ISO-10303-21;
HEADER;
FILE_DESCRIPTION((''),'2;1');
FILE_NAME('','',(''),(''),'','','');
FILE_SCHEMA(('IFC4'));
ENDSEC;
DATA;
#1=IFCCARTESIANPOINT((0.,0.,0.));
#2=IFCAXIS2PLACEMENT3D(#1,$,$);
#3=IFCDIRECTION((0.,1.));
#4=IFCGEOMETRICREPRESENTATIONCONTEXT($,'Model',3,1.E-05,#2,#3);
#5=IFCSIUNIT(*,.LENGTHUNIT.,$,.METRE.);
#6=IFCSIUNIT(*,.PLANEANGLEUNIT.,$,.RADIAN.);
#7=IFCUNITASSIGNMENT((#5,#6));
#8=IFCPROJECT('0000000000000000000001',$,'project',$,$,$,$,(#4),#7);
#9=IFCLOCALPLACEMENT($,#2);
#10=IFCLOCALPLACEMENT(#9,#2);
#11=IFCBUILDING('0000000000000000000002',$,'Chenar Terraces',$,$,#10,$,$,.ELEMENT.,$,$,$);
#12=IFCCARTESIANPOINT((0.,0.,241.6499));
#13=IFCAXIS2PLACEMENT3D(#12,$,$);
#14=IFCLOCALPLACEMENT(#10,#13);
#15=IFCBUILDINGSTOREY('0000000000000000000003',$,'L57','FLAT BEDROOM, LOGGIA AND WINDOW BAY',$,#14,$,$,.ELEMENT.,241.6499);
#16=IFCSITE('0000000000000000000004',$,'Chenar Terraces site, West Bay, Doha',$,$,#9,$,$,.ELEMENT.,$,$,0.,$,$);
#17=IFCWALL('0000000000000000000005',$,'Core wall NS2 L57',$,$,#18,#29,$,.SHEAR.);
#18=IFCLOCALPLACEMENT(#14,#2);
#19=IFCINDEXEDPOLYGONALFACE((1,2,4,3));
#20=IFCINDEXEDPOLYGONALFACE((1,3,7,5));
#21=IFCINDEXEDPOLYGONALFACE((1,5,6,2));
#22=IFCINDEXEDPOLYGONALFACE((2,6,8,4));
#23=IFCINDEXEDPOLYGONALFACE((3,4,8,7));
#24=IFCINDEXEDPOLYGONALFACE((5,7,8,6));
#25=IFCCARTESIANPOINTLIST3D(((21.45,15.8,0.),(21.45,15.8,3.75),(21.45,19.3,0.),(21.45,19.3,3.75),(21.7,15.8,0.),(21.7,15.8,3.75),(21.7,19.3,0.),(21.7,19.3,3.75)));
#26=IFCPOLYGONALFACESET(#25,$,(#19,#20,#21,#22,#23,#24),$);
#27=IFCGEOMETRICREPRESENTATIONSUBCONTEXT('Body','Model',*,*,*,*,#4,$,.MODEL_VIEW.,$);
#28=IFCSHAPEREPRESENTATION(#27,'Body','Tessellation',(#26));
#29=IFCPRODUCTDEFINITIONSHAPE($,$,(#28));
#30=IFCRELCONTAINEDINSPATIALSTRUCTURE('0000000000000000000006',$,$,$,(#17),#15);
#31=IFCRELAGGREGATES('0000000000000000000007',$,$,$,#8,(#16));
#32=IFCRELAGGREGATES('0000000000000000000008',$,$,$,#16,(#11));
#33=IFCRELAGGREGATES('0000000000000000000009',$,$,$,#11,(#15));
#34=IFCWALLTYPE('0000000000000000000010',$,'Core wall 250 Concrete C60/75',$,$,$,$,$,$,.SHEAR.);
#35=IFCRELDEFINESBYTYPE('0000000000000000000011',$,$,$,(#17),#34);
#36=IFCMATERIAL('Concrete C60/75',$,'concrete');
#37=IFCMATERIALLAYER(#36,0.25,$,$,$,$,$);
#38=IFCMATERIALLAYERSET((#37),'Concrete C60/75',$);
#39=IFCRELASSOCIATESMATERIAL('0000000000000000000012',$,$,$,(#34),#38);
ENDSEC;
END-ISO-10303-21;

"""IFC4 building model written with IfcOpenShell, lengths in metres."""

from ifc_helpers import new_model, si_unit, direction, frame, frame_2d, origin, place, context, subcontext, project, spatial, rectangle, extrude, material, layer, layer_set, type_object, element, save


model = new_model("IFC4")

# Units and contexts
model_context = context("Model", 3, precision=1e-05, world=origin(), true_north=direction((0.0, 1.0)))
body_context = subcontext(model_context, "Body", "Model", "MODEL_VIEW")
ifc_project = project(units=[si_unit("LENGTHUNIT", "METRE"), si_unit("PLANEANGLEUNIT", "RADIAN")], contexts=[model_context])

# Site, building, storey
site_placement = place(None, origin())
site = spatial("IfcSite", under=ifc_project, at=site_placement, Name="Chenar Terraces site, West Bay, Doha", CompositionType="ELEMENT", RefElevation=0.0)
building_placement = place(site_placement, origin())
building = spatial("IfcBuilding", under=site, at=building_placement, Name="Chenar Terraces", CompositionType="ELEMENT")
storey_placement = place(building_placement, frame((0.0, 0.0, 241.6499)))
storey = spatial("IfcBuildingStorey", under=building, at=storey_placement, Name="L57", Description="FLAT BEDROOM, LOGGIA AND WINDOW BAY", CompositionType="ELEMENT", Elevation=241.6499)

# Shared definitions
ifc_material_1 = material(Name="Concrete C60/75", Category="concrete")
ifc_layer = layer(ifc_material_1, 0.25)
ifc_layer_set = layer_set([ifc_layer], Name="Concrete C60/75")
wall_type = type_object("IfcWallType", Name="Core wall 250 Concrete C60/75", PredefinedType="SHEAR", material=ifc_layer_set)

# Wall
for number, where, z_axis, x_axis, name in (
    (1, (21.575, 15.8, 0.0), (0.0, 0.0, 1.0), (0.0, 1.0, 0.0), "Core wall NS2 L57"),
):
    element("IfcWall", number, at=place(storey_placement, frame(where, z_axis=z_axis, x_axis=x_axis)), inside=storey, type_object=wall_type, Name=name, PredefinedType="SHEAR", context=body_context, shape_type="SweptSolid", body=[
        extrude(rectangle(XDim=3.5, YDim=0.25, at=frame_2d((1.75, 0.0))), origin(), (0.0, 0.0, 1.0), 3.75),
    ])

save(model, "model.ifc")
